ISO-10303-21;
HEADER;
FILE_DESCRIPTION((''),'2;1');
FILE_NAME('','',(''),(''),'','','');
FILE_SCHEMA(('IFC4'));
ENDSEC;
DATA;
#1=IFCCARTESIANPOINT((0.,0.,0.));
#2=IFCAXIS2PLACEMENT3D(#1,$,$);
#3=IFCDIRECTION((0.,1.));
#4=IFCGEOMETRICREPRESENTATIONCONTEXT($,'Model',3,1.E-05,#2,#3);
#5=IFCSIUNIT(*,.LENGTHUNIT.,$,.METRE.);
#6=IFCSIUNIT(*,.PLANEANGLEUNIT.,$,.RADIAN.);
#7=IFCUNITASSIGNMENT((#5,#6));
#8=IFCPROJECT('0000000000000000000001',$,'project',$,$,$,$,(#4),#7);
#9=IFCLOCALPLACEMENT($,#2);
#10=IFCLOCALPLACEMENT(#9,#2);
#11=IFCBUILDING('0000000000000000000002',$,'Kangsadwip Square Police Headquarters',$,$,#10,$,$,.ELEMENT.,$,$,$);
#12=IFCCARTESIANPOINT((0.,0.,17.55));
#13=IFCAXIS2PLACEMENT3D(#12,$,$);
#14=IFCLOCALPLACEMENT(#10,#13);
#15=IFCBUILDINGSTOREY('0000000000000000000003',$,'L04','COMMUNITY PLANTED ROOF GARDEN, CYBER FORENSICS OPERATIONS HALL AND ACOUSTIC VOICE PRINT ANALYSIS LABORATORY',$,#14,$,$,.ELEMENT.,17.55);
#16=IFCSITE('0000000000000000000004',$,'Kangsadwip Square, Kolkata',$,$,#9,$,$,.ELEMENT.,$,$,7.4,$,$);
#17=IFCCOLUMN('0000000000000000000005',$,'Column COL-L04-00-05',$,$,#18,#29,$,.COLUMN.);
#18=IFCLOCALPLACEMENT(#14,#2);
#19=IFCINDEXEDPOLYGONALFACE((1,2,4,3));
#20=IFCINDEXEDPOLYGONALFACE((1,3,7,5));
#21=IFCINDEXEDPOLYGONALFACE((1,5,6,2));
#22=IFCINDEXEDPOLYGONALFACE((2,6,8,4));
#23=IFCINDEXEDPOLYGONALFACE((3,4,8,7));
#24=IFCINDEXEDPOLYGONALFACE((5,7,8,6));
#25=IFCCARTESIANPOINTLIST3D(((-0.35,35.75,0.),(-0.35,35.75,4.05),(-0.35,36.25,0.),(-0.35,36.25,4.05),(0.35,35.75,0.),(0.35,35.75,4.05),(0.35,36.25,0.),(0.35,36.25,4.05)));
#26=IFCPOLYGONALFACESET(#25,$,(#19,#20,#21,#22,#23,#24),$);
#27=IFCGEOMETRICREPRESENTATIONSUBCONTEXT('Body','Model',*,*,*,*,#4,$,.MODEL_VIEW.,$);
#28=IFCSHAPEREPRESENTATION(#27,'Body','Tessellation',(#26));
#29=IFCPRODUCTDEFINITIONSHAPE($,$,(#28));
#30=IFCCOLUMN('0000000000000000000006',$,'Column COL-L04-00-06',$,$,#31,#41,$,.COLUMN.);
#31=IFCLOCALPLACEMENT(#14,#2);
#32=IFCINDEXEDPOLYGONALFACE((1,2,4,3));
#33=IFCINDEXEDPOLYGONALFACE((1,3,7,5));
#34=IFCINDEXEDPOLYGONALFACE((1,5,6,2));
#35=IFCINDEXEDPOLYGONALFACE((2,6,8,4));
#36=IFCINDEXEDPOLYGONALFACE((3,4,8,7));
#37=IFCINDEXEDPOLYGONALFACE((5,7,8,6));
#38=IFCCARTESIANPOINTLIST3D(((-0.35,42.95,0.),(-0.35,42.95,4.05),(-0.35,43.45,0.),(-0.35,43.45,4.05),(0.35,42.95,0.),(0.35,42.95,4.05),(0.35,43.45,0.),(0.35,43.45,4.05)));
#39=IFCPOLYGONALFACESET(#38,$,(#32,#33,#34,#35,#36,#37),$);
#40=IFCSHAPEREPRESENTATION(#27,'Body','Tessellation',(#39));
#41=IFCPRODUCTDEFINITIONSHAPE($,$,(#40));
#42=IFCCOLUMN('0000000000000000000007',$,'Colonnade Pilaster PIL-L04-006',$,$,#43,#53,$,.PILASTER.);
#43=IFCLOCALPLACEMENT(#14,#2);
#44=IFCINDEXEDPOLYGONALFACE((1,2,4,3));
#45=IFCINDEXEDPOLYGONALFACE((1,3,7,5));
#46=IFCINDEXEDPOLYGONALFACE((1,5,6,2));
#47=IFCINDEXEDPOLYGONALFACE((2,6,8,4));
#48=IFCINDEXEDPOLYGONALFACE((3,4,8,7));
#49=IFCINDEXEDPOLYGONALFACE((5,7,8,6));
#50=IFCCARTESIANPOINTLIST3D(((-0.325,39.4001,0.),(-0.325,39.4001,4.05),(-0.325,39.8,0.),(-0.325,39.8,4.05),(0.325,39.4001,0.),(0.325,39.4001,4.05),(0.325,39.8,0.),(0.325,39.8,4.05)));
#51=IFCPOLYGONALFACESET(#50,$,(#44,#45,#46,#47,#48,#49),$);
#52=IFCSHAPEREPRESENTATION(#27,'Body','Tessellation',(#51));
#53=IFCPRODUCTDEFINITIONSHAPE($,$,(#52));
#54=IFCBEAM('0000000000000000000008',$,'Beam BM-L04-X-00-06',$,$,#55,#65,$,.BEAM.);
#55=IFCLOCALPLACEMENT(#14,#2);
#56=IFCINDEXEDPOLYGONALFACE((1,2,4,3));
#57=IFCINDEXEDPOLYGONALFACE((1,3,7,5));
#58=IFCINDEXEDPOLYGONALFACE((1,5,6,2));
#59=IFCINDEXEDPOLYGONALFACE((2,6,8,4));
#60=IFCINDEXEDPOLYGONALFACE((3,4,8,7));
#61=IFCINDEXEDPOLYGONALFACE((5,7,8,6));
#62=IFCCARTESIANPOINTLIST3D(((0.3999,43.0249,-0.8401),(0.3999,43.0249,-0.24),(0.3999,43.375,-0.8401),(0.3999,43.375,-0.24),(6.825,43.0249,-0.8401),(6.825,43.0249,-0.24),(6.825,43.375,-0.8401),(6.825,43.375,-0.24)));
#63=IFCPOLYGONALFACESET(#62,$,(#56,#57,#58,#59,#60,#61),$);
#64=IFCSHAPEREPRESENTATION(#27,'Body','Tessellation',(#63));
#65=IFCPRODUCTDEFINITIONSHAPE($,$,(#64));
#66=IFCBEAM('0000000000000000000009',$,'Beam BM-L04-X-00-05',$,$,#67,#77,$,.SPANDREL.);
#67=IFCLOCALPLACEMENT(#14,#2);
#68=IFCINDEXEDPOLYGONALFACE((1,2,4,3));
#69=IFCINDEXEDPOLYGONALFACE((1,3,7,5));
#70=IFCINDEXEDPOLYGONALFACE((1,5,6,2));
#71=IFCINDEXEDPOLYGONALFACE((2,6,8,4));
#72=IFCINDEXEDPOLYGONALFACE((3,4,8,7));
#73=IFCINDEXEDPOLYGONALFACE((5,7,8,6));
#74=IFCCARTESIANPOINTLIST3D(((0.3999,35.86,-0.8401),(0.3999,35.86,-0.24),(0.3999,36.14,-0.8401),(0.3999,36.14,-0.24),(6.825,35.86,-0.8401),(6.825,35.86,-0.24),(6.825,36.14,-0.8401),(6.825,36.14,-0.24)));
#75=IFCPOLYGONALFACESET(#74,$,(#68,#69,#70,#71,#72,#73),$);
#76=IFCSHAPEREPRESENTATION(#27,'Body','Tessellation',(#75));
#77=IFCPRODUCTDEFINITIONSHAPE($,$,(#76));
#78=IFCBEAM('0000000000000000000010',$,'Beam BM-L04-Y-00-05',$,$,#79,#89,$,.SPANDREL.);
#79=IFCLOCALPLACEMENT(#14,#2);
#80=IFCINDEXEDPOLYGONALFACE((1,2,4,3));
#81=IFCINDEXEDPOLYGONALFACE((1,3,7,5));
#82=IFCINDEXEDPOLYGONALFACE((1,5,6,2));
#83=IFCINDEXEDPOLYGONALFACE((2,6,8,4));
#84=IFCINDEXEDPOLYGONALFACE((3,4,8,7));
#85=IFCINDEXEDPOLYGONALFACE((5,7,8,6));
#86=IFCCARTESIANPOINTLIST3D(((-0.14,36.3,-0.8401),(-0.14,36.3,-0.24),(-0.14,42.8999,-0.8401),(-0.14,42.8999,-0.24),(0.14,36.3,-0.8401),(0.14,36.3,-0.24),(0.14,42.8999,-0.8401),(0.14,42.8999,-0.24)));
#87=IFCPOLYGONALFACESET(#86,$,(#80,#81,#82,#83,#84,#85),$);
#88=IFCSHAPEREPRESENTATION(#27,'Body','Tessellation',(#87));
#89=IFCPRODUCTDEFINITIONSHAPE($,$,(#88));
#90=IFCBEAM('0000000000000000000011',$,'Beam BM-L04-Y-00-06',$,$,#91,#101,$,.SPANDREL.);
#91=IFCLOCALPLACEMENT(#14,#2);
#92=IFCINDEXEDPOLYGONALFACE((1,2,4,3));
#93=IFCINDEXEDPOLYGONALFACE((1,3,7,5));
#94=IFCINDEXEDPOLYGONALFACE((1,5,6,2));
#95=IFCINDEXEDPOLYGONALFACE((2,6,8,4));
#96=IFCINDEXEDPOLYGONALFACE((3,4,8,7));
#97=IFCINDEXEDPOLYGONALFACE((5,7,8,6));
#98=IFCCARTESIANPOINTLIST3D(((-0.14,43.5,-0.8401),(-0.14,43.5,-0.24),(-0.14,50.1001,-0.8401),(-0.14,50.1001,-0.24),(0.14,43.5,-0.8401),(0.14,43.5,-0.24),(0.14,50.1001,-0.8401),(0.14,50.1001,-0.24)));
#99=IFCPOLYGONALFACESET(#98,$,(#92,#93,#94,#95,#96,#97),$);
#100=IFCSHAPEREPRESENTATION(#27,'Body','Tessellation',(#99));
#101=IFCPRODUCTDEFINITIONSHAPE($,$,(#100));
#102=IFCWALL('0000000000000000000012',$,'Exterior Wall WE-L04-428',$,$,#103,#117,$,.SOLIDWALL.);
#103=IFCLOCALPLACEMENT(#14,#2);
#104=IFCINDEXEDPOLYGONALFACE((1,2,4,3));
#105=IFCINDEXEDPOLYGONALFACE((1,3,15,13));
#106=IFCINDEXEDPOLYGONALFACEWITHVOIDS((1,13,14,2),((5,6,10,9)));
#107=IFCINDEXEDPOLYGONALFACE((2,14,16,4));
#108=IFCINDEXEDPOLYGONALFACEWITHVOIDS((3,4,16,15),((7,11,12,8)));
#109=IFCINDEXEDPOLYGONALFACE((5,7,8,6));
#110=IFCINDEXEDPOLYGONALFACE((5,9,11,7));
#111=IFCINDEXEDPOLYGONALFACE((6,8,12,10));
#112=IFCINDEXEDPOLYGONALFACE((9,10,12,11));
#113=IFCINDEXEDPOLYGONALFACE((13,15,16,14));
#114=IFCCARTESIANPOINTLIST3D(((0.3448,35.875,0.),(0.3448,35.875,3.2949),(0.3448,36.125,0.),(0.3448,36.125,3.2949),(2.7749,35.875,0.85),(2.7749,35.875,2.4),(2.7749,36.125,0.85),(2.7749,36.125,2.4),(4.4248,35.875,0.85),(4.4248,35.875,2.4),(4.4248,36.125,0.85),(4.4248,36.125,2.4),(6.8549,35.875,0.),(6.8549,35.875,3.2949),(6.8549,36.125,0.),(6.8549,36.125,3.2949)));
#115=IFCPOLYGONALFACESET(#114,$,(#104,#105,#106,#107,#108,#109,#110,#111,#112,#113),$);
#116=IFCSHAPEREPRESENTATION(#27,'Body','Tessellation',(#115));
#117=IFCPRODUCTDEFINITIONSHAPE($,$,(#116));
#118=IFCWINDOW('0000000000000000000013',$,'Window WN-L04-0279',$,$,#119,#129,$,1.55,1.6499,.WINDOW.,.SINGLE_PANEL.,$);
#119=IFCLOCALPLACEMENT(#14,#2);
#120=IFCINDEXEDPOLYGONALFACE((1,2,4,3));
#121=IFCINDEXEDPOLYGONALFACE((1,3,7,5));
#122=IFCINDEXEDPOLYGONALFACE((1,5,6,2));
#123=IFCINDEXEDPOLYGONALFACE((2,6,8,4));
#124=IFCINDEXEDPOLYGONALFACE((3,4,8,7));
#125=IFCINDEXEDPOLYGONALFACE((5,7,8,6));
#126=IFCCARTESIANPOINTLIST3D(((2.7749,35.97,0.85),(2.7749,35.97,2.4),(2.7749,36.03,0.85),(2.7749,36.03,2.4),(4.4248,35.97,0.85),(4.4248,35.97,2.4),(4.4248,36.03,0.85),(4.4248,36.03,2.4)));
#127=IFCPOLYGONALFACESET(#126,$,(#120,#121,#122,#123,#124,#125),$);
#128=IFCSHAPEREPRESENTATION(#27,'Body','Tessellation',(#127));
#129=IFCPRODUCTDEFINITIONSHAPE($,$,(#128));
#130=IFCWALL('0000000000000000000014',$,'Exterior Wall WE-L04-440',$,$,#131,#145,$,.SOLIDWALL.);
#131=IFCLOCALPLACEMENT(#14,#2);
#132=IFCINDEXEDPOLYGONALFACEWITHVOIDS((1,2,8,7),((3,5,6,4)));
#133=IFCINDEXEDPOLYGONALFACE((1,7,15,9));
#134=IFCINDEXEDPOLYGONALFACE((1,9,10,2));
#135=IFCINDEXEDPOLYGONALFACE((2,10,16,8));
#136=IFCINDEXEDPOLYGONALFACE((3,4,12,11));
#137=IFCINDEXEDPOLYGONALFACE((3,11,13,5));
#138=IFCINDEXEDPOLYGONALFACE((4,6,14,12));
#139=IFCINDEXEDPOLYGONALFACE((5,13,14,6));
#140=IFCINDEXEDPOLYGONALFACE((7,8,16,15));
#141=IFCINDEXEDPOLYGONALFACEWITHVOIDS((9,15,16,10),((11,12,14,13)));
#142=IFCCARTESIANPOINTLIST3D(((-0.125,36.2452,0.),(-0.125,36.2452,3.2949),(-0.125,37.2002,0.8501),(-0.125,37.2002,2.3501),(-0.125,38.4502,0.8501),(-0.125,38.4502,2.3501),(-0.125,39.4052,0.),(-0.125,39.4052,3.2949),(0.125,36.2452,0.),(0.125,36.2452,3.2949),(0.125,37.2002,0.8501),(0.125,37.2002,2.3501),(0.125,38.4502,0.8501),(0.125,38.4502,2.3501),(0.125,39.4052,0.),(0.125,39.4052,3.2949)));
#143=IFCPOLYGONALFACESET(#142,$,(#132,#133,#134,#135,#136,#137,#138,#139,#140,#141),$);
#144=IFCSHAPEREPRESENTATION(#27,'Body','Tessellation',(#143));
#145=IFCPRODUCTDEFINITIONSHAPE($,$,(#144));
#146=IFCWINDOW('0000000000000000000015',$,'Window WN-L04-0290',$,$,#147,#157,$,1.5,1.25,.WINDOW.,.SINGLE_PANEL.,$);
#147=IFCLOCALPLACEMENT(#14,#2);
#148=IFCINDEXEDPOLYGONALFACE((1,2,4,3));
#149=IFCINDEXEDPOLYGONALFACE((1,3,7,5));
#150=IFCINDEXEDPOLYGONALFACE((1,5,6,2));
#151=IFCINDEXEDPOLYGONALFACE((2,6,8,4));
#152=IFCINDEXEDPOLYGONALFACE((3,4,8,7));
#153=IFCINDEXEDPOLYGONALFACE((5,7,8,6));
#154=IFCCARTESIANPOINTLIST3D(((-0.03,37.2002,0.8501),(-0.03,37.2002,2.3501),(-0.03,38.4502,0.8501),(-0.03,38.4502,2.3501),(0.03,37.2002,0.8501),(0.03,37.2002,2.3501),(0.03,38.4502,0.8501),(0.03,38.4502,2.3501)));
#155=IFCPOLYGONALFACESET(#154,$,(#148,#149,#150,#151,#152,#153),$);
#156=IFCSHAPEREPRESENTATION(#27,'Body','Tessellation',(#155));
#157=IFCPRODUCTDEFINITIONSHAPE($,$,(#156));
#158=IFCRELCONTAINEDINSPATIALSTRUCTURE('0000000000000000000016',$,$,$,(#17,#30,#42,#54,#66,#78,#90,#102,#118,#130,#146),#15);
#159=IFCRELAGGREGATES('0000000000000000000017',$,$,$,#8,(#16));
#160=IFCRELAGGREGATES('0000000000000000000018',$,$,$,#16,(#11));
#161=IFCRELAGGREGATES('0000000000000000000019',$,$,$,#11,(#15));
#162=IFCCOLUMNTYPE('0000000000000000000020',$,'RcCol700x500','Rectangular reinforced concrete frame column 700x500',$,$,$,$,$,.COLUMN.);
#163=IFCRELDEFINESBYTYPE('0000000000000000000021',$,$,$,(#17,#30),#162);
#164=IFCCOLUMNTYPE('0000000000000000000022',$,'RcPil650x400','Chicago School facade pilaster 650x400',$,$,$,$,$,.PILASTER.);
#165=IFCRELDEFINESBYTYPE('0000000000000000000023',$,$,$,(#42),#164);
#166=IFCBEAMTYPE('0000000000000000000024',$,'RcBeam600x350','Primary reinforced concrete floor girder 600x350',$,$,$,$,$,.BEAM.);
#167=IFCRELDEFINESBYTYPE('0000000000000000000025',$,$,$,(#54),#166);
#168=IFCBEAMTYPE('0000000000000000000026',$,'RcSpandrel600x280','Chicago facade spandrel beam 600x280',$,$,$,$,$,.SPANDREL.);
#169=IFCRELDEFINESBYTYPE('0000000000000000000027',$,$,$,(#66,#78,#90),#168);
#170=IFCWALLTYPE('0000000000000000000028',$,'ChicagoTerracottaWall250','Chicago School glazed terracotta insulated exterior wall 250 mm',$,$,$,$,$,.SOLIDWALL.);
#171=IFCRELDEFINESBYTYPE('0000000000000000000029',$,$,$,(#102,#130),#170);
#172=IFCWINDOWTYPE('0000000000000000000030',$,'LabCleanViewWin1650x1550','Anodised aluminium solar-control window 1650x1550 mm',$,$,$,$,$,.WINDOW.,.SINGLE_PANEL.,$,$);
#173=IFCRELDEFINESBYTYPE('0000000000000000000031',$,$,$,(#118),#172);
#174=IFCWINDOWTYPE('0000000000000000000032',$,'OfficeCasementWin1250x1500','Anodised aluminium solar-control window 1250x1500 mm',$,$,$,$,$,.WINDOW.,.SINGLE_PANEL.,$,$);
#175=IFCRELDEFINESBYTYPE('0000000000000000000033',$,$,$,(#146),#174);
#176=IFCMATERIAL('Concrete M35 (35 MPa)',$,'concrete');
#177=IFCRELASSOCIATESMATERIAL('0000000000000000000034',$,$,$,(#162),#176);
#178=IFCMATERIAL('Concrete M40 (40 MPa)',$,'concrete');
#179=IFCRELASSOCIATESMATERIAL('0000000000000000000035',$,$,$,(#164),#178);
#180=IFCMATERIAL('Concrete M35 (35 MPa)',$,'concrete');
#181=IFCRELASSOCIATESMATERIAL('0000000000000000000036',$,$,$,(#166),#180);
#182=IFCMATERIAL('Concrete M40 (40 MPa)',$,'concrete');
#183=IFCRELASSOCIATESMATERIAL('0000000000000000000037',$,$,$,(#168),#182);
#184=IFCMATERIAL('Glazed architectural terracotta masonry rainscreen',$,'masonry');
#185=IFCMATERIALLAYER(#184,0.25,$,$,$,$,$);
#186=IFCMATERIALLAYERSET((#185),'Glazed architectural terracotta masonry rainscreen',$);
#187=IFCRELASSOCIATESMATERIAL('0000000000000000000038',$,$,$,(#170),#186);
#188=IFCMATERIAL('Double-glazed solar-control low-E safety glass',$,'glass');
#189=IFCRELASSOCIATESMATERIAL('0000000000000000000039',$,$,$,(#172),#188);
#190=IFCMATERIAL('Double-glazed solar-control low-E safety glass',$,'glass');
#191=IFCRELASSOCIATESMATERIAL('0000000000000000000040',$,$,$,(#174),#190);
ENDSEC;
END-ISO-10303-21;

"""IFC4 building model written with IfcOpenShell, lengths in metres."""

from ifc_helpers import new_model, si_unit, direction, frame, frame_2d, origin, origin_2d, place, context, subcontext, project, spatial, rectangle, extrude, material, layer, layer_set, material_profile, profile_set, type_object, element, fill, save


model = new_model("IFC4")

# Units and contexts
model_context = context("Model", 3, precision=1e-05, world=origin(), true_north=direction((0.0, 1.0)))
body_context = subcontext(model_context, "Body", "Model", "MODEL_VIEW")
ifc_project = project(units=[si_unit("LENGTHUNIT", "METRE"), si_unit("PLANEANGLEUNIT", "RADIAN")], contexts=[model_context])

# Site, building, storey
site_placement = place(None, origin())
site = spatial("IfcSite", under=ifc_project, at=site_placement, Name="Kangsadwip Square, Kolkata", CompositionType="ELEMENT", RefElevation=7.4)
building_placement = place(site_placement, origin())
building = spatial("IfcBuilding", under=site, at=building_placement, Name="Kangsadwip Square Police Headquarters", CompositionType="ELEMENT")
storey_placement = place(building_placement, frame((0.0, 0.0, 17.55)))
storey = spatial("IfcBuildingStorey", under=building, at=storey_placement, Name="L04", Description="COMMUNITY PLANTED ROOF GARDEN, CYBER FORENSICS OPERATIONS HALL AND ACOUSTIC VOICE PRINT ANALYSIS LABORATORY", CompositionType="ELEMENT", Elevation=17.55)

# Columns
ifc_material_1 = material(Name="Concrete M35 (35 MPa)", Category="concrete")
ifc_material_profile_1 = material_profile(ifc_material_1, rectangle(XDim=0.5, YDim=0.7, at=origin_2d()), Name="RC COL 700X500")
ifc_profile_set_1 = profile_set([ifc_material_profile_1], Name="Concrete M35 (35 MPa)")
column_type_1 = type_object("IfcColumnType", Name="RcCol700x500", Description="Rectangular reinforced concrete frame column 700x500", PredefinedType="COLUMN", material=ifc_profile_set_1)
for number, where, z_axis, x_axis, name in (
    (1, (0.0, 36.0, 0.0), (0.0, 0.0, 1.0), (0.0, 1.0, 0.0), "Column COL-L04-00-05"),
    (2, (0.0, 43.2, 0.0), (0.0, 0.0, 1.0), (0.0, 1.0, 0.0), "Column COL-L04-00-06"),
):
    element("IfcColumn", number, at=place(storey_placement, frame(where, z_axis=z_axis, x_axis=x_axis)), inside=storey, type_object=column_type_1, Name=name, PredefinedType="COLUMN", context=body_context, shape_type="SweptSolid", body=[
        extrude(rectangle(XDim=0.5, YDim=0.7, at=origin_2d()), origin(), (0.0, 0.0, 1.0), 4.05),
    ])
ifc_material_2 = material(Name="Concrete M40 (40 MPa)", Category="concrete")
ifc_material_profile_2 = material_profile(ifc_material_2, rectangle(XDim=0.3999, YDim=0.6499, at=origin_2d()), Name="RC PIL 650X400")
ifc_profile_set_2 = profile_set([ifc_material_profile_2], Name="Concrete M40 (40 MPa)")
column_type_2 = type_object("IfcColumnType", Name="RcPil650x400", Description="Chicago School facade pilaster 650x400", PredefinedType="PILASTER", material=ifc_profile_set_2)
column_placement = place(storey_placement, frame((0.0, 39.6001, 0.0), z_axis=(0.0, 0.0, 1.0), x_axis=(0.0, 1.0, 0.0)))
element("IfcColumn", 3, at=column_placement, inside=storey, type_object=column_type_2, Name="Colonnade Pilaster PIL-L04-006", PredefinedType="PILASTER", context=body_context, shape_type="SweptSolid", body=[
    extrude(rectangle(XDim=0.3999, YDim=0.6499, at=origin_2d()), origin(), (0.0, 0.0, 1.0), 4.05),
])

# Beams
ifc_material_3 = material(Name="Concrete M35 (35 MPa)", Category="concrete")
ifc_material_profile_3 = material_profile(ifc_material_3, rectangle(XDim=0.3501, YDim=0.6001, at=origin_2d()), Name="RC BM 600X350")
ifc_profile_set_3 = profile_set([ifc_material_profile_3], Name="Concrete M35 (35 MPa)")
beam_type_1 = type_object("IfcBeamType", Name="RcBeam600x350", Description="Primary reinforced concrete floor girder 600x350", PredefinedType="BEAM", material=ifc_profile_set_3)
beam_1_placement = place(storey_placement, frame((0.3999, 43.2, -0.54), z_axis=(1.0, 0.0, 0.0), x_axis=(0.0, 1.0, 0.0)))
element("IfcBeam", 4, at=beam_1_placement, inside=storey, type_object=beam_type_1, Name="Beam BM-L04-X-00-06", PredefinedType="BEAM", context=body_context, shape_type="SweptSolid", body=[
    extrude(rectangle(XDim=0.3501, YDim=0.6001, at=origin_2d()), origin(), (0.0, 0.0, 1.0), 6.425),
])
ifc_material_4 = material(Name="Concrete M40 (40 MPa)", Category="concrete")
ifc_material_profile_4 = material_profile(ifc_material_4, rectangle(XDim=0.28, YDim=0.6001, at=origin_2d()), Name="RC SPN 600X280")
ifc_profile_set_4 = profile_set([ifc_material_profile_4], Name="Concrete M40 (40 MPa)")
beam_type_2 = type_object("IfcBeamType", Name="RcSpandrel600x280", Description="Chicago facade spandrel beam 600x280", PredefinedType="SPANDREL", material=ifc_profile_set_4)
beam_2_placement = place(storey_placement, frame((0.3999, 36.0, -0.54), z_axis=(1.0, 0.0, 0.0), x_axis=(0.0, 1.0, 0.0)))
element("IfcBeam", 5, at=beam_2_placement, inside=storey, type_object=beam_type_2, Name="Beam BM-L04-X-00-05", PredefinedType="SPANDREL", context=body_context, shape_type="SweptSolid", body=[
    extrude(rectangle(XDim=0.28, YDim=0.6001, at=origin_2d()), origin(), (0.0, 0.0, 1.0), 6.425),
])
beam_3_placement = place(storey_placement, frame((0.0, 36.3, -0.54), z_axis=(0.0, 1.0, 0.0), x_axis=(-1.0, 0.0, 0.0)))
element("IfcBeam", 6, at=beam_3_placement, inside=storey, type_object=beam_type_2, Name="Beam BM-L04-Y-00-05", PredefinedType="SPANDREL", context=body_context, shape_type="SweptSolid", body=[
    extrude(rectangle(XDim=0.28, YDim=0.6001, at=origin_2d()), origin(), (0.0, 0.0, 1.0), 6.5999),
])
beam_4_placement = place(storey_placement, frame((0.0, 43.5, -0.54), z_axis=(0.0, 1.0, 0.0), x_axis=(-1.0, 0.0, 0.0)))
element("IfcBeam", 7, at=beam_4_placement, inside=storey, type_object=beam_type_2, Name="Beam BM-L04-Y-00-06", PredefinedType="SPANDREL", context=body_context, shape_type="SweptSolid", body=[
    extrude(rectangle(XDim=0.28, YDim=0.6001, at=origin_2d()), origin(), (0.0, 0.0, 1.0), 6.6001),
])

# Walls, openings, windows
ifc_material_5 = material(Name="Glazed architectural terracotta masonry rainscreen", Category="masonry")
ifc_layer_1 = layer(ifc_material_5, 0.25)
ifc_layer_set_1 = layer_set([ifc_layer_1], Name="Glazed architectural terracotta masonry rainscreen")
wall_type_1 = type_object("IfcWallType", Name="ChicagoTerracottaWall250", Description="Chicago School glazed terracotta insulated exterior wall 250 mm", PredefinedType="SOLIDWALL", material=ifc_layer_set_1)
wall_1_placement = place(storey_placement, frame((0.345, 36.0, 0.0), z_axis=(0.0, 0.0, 1.0), x_axis=(1.0, 0.0, 0.0)))
wall_1 = element("IfcWall", 8, at=wall_1_placement, inside=storey, type_object=wall_type_1, Name="Exterior Wall WE-L04-428", PredefinedType="SOLIDWALL", context=body_context, shape_type="SweptSolid", body=[
    extrude(rectangle(XDim=6.51, YDim=0.25, at=frame_2d((3.2549, 0.0))), origin(), (0.0, 0.0, 1.0), 3.2949),
])
opening_1_placement = place(wall_1_placement, frame((2.4299, 0.0, 0.8501)))
opening_1 = element("IfcOpeningElement", 9, at=opening_1_placement, cuts=wall_1, PredefinedType="OPENING", context=body_context, shape_type="SweptSolid", body=[
    extrude(rectangle(XDim=1.6499, YDim=1.55, at=frame_2d((0.825, 0.7749))), frame((0.0, 0.135, 0.0), z_axis=(0.0, -1.0, 0.0), x_axis=(1.0, 0.0, 0.0)), (0.0, 0.0, 1.0), 0.27),
])
ifc_material_6 = material(Name="Double-glazed solar-control low-E safety glass", Category="glass")
window_type_1 = type_object("IfcWindowType", Name="LabCleanViewWin1650x1550", Description="Anodised aluminium solar-control window 1650x1550 mm", PartitioningType="SINGLE_PANEL", PredefinedType="WINDOW", material=ifc_material_6)
window_1_placement = place(opening_1_placement, origin())
window_1 = element("IfcWindow", 10, at=window_1_placement, inside=storey, type_object=window_type_1, Name="Window WN-L04-0279", OverallHeight=1.55, OverallWidth=1.6499, PartitioningType="SINGLE_PANEL", PredefinedType="WINDOW", context=body_context, shape_type="SweptSolid", body=[
    extrude(rectangle(XDim=1.6499, YDim=1.55, at=frame_2d((0.825, 0.7749))), frame((0.0, 0.03, 0.0), z_axis=(0.0, -1.0, 0.0), x_axis=(1.0, 0.0, 0.0)), (0.0, 0.0, 1.0), 0.0601),
])
fill(opening_1, window_1)
wall_2_placement = place(storey_placement, frame((0.0, 36.2451, 0.0), z_axis=(0.0, 0.0, 1.0), x_axis=(0.0, 1.0, 0.0)))
wall_2 = element("IfcWall", 11, at=wall_2_placement, inside=storey, type_object=wall_type_1, Name="Exterior Wall WE-L04-440", PredefinedType="SOLIDWALL", context=body_context, shape_type="SweptSolid", body=[
    extrude(rectangle(XDim=3.1599, YDim=0.25, at=frame_2d((1.5801, 0.0))), origin(), (0.0, 0.0, 1.0), 3.2949),
])
opening_2_placement = place(wall_2_placement, frame((0.9551, 0.0, 0.8501)))
opening_2 = element("IfcOpeningElement", 12, at=opening_2_placement, cuts=wall_2, PredefinedType="OPENING", context=body_context, shape_type="SweptSolid", body=[
    extrude(rectangle(XDim=1.25, YDim=1.5, at=frame_2d((0.625, 0.75))), frame((0.0, 0.135, 0.0), z_axis=(0.0, -1.0, 0.0), x_axis=(1.0, 0.0, 0.0)), (0.0, 0.0, 1.0), 0.27),
])
ifc_material_7 = material(Name="Double-glazed solar-control low-E safety glass", Category="glass")
window_type_2 = type_object("IfcWindowType", Name="OfficeCasementWin1250x1500", Description="Anodised aluminium solar-control window 1250x1500 mm", PartitioningType="SINGLE_PANEL", PredefinedType="WINDOW", material=ifc_material_7)
window_2_placement = place(opening_2_placement, origin())
window_2 = element("IfcWindow", 13, at=window_2_placement, inside=storey, type_object=window_type_2, Name="Window WN-L04-0290", OverallHeight=1.5, OverallWidth=1.25, PartitioningType="SINGLE_PANEL", PredefinedType="WINDOW", context=body_context, shape_type="SweptSolid", body=[
    extrude(rectangle(XDim=1.25, YDim=1.5, at=frame_2d((0.625, 0.75))), frame((0.0, 0.03, 0.0), z_axis=(0.0, -1.0, 0.0), x_axis=(1.0, 0.0, 0.0)), (0.0, 0.0, 1.0), 0.0601),
])
fill(opening_2, window_2)

save(model, "model.ifc")
